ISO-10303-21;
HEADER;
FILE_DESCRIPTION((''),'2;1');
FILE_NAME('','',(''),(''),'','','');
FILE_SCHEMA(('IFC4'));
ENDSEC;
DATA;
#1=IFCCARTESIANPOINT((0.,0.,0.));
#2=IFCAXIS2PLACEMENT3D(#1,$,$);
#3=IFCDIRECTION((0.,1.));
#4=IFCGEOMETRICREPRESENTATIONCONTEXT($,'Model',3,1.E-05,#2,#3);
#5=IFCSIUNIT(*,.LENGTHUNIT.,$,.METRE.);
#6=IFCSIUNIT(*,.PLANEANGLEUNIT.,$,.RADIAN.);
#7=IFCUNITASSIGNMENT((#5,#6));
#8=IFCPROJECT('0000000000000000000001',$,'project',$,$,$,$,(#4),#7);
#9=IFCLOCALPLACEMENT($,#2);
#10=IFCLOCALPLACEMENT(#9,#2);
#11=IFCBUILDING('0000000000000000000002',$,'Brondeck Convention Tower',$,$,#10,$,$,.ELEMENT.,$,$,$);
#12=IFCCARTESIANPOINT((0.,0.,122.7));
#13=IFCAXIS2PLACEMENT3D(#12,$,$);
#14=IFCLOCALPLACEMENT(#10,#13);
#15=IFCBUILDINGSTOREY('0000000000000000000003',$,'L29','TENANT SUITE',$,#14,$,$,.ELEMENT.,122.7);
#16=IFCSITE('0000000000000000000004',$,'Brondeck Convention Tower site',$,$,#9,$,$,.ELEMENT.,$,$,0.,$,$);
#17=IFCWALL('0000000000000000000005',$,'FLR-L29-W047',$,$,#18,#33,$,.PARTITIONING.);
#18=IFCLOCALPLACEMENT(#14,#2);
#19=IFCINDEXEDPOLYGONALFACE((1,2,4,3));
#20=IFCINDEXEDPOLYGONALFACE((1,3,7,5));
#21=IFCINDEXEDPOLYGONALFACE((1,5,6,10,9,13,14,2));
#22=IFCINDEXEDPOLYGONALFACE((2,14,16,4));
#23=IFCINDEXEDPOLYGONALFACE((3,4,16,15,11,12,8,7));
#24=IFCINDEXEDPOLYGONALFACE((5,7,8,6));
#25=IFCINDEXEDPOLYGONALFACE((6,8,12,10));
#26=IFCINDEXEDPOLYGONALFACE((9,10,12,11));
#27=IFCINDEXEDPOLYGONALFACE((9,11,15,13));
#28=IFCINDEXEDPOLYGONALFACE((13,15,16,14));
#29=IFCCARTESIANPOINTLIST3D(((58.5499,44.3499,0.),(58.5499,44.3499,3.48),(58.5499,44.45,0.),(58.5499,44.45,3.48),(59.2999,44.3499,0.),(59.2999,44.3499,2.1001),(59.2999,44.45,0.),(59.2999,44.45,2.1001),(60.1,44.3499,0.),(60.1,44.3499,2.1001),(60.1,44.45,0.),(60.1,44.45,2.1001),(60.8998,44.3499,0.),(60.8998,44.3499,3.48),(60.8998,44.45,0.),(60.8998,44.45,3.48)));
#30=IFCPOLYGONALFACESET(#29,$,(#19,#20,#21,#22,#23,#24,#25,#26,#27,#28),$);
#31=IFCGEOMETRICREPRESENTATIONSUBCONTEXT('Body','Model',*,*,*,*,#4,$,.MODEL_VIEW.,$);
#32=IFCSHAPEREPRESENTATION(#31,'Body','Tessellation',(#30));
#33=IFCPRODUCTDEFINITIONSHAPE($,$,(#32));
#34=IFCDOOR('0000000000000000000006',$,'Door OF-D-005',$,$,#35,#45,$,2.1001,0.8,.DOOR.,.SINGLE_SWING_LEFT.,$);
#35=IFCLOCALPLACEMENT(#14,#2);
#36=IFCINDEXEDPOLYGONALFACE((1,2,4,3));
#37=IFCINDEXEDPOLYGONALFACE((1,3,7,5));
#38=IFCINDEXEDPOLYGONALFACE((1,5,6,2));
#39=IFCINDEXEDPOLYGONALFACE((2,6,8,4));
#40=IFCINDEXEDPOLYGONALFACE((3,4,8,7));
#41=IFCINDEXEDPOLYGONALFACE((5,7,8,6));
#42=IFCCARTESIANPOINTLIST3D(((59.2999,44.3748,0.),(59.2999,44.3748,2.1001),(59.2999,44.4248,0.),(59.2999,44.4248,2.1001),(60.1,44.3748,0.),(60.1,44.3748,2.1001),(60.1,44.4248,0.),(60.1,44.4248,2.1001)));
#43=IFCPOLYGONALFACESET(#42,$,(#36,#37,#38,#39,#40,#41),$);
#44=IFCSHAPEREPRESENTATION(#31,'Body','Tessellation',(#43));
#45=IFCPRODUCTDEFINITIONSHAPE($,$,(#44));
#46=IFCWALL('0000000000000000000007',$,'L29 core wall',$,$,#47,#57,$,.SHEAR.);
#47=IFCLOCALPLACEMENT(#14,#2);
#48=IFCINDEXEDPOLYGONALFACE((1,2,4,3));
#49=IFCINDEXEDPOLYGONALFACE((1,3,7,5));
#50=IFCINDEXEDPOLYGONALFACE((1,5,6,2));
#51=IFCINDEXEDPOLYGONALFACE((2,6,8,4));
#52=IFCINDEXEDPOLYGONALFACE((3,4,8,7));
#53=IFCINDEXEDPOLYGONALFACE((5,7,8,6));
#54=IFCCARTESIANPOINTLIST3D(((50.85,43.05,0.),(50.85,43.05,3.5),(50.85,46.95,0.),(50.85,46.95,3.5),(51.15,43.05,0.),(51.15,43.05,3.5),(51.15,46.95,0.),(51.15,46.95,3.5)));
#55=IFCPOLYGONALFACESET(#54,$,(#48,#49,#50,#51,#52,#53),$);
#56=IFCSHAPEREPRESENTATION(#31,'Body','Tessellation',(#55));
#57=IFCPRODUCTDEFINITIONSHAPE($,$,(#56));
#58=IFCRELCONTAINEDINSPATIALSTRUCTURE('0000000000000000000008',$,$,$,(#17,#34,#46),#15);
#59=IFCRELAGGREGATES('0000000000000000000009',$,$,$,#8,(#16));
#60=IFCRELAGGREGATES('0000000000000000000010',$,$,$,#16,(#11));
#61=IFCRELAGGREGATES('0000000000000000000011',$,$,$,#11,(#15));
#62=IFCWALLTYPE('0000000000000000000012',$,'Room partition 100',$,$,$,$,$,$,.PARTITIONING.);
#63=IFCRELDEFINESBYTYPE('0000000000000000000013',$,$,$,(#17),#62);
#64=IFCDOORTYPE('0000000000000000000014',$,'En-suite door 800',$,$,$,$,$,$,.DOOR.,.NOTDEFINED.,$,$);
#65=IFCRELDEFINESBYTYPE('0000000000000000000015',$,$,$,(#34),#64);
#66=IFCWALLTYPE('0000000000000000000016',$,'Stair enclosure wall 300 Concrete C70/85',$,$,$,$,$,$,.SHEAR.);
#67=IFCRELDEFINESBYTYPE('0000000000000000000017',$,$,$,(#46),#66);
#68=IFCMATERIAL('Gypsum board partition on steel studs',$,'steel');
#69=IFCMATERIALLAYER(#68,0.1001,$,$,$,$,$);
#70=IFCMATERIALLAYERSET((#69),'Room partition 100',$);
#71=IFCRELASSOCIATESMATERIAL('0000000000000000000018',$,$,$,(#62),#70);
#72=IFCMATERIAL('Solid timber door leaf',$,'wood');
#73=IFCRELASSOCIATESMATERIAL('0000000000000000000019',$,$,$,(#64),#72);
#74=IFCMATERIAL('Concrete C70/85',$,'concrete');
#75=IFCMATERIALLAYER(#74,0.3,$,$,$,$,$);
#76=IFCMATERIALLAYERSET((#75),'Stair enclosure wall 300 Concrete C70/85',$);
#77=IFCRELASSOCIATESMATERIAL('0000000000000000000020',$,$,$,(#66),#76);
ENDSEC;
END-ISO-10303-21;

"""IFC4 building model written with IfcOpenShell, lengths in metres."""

from ifc_helpers import new_model, si_unit, direction, frame, frame_2d, origin, place, context, subcontext, project, spatial, rectangle, extrude, material, layer, layer_set, type_object, element, fill, save


model = new_model("IFC4")

# Units and contexts
model_context = context("Model", 3, precision=1e-05, world=origin(), true_north=direction((0.0, 1.0)))
body_context = subcontext(model_context, "Body", "Model", "MODEL_VIEW")
ifc_project = project(units=[si_unit("LENGTHUNIT", "METRE"), si_unit("PLANEANGLEUNIT", "RADIAN")], contexts=[model_context])

# Site, building, storey
site_placement = place(None, origin())
site = spatial("IfcSite", under=ifc_project, at=site_placement, Name="Brondeck Convention Tower site", CompositionType="ELEMENT", RefElevation=0.0)
building_placement = place(site_placement, origin())
building = spatial("IfcBuilding", under=site, at=building_placement, Name="Brondeck Convention Tower", CompositionType="ELEMENT")
storey_placement = place(building_placement, frame((0.0, 0.0, 122.7)))
storey = spatial("IfcBuildingStorey", under=building, at=storey_placement, Name="L29", Description="TENANT SUITE", CompositionType="ELEMENT", Elevation=122.7)

# Shared definitions
ifc_material_1 = material(Name="Concrete C70/85", Category="concrete")

# Shared definitions
ifc_material_2 = material(Name="Gypsum board partition on steel studs", Category="steel")
ifc_layer_1 = layer(ifc_material_2, 0.1001)
ifc_layer_set_1 = layer_set([ifc_layer_1], Name="Room partition 100")
wall_type_1 = type_object("IfcWallType", Name="Room partition 100", PredefinedType="PARTITIONING", material=ifc_layer_set_1)

# Shared definitions
ifc_material_3 = material(Name="Solid timber door leaf", Category="wood")

# Wall, opening, door
wall_1_placement = place(storey_placement, frame((58.55, 44.3999, 0.0), z_axis=(0.0, 0.0, 1.0), x_axis=(1.0, 0.0, 0.0)))
wall_1 = element("IfcWall", 1, at=wall_1_placement, inside=storey, type_object=wall_type_1, Name="FLR-L29-W047", PredefinedType="PARTITIONING", context=body_context, shape_type="SweptSolid", body=[
    extrude(rectangle(XDim=2.3499, YDim=0.1001, at=frame_2d((1.1748, 0.0))), origin(), (0.0, 0.0, 1.0), 3.48),
])
opening_1_placement = place(wall_1_placement, frame((0.75, 0.0, 0.0)))
opening_1 = element("IfcOpeningElement", 2, at=opening_1_placement, cuts=wall_1, PredefinedType="OPENING", context=body_context, shape_type="SweptSolid", body=[
    extrude(rectangle(XDim=0.8, YDim=2.1001, at=frame_2d((0.3999, 1.05))), frame((0.0, 0.0601, 0.0), z_axis=(0.0, -1.0, 0.0), x_axis=(1.0, 0.0, 0.0)), (0.0, 0.0, 1.0), 0.1201),
])
door_type_1 = type_object("IfcDoorType", Name="En-suite door 800", OperationType="NOTDEFINED", PredefinedType="DOOR", material=ifc_material_3)
door_1_placement = place(opening_1_placement, origin())
door_1 = element("IfcDoor", 3, at=door_1_placement, inside=storey, type_object=door_type_1, Name="Door OF-D-005", OperationType="SINGLE_SWING_LEFT", OverallHeight=2.1001, OverallWidth=0.8, PredefinedType="DOOR", context=body_context, shape_type="SweptSolid", body=[
    extrude(rectangle(XDim=0.8, YDim=2.1001, at=frame_2d((0.3999, 1.05))), frame((0.0, 0.0249, 0.0), z_axis=(0.0, -1.0, 0.0), x_axis=(1.0, 0.0, 0.0)), (0.0, 0.0, 1.0), 0.05),
])
fill(opening_1, door_1)

# Wall
ifc_layer_2 = layer(ifc_material_1, 0.3)
ifc_layer_set_2 = layer_set([ifc_layer_2], Name="Stair enclosure wall 300 Concrete C70/85")
wall_type_2 = type_object("IfcWallType", Name="Stair enclosure wall 300 Concrete C70/85", PredefinedType="SHEAR", material=ifc_layer_set_2)
wall_2_placement = place(storey_placement, frame((51.0, 43.05, 0.0), z_axis=(0.0, 0.0, 1.0), x_axis=(0.0, 1.0, 0.0)))
element("IfcWall", 4, at=wall_2_placement, inside=storey, type_object=wall_type_2, Name="L29 core wall", PredefinedType="SHEAR", context=body_context, shape_type="SweptSolid", body=[
    extrude(rectangle(XDim=3.8999, YDim=0.3, at=frame_2d((1.95, 0.0))), origin(), (0.0, 0.0, 1.0), 3.5),
])

save(model, "model.ifc")
